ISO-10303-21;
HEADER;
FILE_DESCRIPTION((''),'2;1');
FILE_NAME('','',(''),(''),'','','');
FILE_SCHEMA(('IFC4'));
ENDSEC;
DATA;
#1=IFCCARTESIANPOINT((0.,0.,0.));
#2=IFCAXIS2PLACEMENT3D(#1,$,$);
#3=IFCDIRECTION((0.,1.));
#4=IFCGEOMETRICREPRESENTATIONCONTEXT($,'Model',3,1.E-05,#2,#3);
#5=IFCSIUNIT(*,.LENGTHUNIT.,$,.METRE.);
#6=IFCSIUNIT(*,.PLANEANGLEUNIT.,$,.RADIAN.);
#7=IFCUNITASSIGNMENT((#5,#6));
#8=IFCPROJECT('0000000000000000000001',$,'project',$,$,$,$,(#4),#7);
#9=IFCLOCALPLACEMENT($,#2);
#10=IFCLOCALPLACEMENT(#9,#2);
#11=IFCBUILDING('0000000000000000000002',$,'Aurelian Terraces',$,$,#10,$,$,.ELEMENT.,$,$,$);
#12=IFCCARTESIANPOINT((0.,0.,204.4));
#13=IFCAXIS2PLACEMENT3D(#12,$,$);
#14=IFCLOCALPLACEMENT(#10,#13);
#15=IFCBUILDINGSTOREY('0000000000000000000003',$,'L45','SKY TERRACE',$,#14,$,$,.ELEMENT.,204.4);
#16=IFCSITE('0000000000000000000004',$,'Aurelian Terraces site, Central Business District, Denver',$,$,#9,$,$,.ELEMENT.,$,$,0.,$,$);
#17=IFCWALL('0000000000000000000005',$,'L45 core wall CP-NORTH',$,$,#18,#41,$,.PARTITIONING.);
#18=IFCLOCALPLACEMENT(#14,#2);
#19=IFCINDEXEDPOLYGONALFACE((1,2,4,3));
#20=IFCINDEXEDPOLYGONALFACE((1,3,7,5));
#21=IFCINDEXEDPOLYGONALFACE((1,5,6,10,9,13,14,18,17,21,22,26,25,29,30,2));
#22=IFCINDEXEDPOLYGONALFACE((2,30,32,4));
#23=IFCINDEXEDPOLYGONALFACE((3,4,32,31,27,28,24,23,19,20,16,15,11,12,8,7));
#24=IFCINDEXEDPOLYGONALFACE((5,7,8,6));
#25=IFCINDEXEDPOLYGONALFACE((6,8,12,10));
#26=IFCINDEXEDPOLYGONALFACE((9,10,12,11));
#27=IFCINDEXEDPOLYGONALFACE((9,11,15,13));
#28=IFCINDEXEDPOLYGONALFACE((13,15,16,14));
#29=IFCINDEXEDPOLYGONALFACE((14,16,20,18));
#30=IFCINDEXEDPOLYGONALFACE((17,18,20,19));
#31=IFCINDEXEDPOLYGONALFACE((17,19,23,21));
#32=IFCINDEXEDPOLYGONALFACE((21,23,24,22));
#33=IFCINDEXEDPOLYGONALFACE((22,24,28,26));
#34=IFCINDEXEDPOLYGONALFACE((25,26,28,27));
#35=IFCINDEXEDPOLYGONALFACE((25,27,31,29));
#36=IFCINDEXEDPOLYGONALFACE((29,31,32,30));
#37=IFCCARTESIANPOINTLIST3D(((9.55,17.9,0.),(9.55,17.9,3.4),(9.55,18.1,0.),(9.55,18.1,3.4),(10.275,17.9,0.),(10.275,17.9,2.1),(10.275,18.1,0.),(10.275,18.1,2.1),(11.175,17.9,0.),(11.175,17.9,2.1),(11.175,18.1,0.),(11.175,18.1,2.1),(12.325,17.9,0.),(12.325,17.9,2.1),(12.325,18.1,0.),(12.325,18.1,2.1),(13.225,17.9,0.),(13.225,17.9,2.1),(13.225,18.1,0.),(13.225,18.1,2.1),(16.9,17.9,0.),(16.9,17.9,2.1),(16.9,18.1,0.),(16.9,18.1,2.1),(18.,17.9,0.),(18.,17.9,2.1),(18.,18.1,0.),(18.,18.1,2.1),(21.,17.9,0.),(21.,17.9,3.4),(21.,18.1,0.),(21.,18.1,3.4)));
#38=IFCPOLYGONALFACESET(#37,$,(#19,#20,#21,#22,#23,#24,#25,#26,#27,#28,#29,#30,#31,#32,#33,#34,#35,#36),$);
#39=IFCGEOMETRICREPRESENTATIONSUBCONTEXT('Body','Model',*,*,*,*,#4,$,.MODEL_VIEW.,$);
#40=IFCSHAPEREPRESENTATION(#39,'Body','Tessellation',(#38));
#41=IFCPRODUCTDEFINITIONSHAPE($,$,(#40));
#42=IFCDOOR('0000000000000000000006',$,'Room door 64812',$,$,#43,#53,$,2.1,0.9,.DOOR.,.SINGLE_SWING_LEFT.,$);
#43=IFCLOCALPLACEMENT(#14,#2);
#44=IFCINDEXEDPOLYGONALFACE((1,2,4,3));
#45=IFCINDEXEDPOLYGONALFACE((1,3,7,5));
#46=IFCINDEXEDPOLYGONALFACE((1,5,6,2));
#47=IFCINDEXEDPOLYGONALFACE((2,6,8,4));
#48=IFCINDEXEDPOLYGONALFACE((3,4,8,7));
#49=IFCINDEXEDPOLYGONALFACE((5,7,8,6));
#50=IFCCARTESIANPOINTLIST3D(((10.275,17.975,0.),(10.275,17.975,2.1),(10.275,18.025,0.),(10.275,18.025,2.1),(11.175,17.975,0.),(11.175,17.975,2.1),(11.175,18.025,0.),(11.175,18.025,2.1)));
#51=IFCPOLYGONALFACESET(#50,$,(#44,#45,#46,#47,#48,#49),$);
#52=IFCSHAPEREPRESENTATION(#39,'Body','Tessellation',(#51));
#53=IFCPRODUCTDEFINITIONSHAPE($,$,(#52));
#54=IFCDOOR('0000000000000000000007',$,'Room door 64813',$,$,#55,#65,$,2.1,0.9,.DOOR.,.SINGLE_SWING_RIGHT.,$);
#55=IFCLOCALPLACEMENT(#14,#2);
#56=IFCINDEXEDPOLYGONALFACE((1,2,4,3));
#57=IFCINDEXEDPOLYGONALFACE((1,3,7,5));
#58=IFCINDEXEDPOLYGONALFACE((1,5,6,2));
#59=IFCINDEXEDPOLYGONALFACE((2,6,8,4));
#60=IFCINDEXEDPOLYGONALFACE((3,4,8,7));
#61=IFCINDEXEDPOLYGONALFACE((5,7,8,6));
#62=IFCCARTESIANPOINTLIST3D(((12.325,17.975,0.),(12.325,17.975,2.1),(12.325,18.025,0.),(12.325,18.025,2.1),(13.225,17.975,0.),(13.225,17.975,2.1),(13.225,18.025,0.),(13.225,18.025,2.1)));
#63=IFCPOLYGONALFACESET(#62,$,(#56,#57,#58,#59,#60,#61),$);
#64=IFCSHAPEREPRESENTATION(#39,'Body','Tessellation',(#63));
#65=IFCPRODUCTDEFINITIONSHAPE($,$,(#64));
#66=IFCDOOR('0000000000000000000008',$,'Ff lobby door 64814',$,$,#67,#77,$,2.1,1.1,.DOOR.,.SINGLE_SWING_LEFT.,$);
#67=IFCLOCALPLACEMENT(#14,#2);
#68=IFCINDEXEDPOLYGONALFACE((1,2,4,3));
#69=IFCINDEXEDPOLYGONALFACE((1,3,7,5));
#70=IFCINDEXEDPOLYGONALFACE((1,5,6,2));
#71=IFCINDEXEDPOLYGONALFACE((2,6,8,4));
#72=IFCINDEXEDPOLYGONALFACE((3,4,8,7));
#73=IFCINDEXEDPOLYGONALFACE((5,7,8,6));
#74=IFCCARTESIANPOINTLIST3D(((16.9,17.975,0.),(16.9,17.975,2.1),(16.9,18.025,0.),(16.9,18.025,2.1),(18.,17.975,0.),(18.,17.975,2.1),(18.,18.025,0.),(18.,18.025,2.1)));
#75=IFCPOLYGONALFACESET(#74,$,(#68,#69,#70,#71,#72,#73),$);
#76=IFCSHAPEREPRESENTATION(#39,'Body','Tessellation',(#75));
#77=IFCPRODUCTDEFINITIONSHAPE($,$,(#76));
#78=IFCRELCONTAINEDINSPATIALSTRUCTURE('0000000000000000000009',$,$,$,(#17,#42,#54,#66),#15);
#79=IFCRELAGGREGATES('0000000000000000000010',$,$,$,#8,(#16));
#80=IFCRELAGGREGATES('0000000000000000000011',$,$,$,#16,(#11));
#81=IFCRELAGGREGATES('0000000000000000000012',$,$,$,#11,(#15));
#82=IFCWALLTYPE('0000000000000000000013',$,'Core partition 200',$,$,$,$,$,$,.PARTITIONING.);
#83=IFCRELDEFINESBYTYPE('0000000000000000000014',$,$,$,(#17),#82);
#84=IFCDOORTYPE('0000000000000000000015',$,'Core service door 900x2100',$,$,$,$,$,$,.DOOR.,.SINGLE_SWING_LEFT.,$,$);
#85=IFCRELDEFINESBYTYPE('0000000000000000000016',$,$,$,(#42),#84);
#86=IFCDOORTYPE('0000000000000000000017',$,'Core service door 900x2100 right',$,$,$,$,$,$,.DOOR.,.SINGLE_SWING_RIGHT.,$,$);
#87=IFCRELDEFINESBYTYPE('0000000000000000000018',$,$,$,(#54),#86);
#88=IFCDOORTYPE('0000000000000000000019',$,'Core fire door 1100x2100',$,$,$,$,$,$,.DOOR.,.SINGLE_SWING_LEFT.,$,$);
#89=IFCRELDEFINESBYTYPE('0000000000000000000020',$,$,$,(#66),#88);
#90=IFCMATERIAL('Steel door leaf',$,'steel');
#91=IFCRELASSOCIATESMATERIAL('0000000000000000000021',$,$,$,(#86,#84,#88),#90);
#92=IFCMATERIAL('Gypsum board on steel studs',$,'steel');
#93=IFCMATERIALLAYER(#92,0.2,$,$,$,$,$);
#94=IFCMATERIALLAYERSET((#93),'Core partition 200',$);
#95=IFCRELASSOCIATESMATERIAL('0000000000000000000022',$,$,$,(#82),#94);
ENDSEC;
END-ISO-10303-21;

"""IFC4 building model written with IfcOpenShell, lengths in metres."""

from ifc_helpers import new_model, si_unit, direction, frame, frame_2d, origin, place, context, subcontext, project, spatial, rectangle, extrude, source, transform, mapped, material, layer, layer_set, type_object, element, fill, save


model = new_model("IFC4")

# Units and contexts
model_context = context("Model", 3, precision=1e-05, world=origin(), true_north=direction((0.0, 1.0)))
body_context = subcontext(model_context, "Body", "Model", "MODEL_VIEW")
ifc_project = project(units=[si_unit("LENGTHUNIT", "METRE"), si_unit("PLANEANGLEUNIT", "RADIAN")], contexts=[model_context])

# Site, building, storey
site_placement = place(None, origin())
site = spatial("IfcSite", under=ifc_project, at=site_placement, Name="Aurelian Terraces site, Central Business District, Denver", CompositionType="ELEMENT", RefElevation=0.0)
building_placement = place(site_placement, origin())
building = spatial("IfcBuilding", under=site, at=building_placement, Name="Aurelian Terraces", CompositionType="ELEMENT")
storey_placement = place(building_placement, frame((0.0, 0.0, 204.4)))
storey = spatial("IfcBuildingStorey", under=building, at=storey_placement, Name="L45", Description="SKY TERRACE", CompositionType="ELEMENT", Elevation=204.4)

# Shared definitions
shared_shape_1 = source(origin(), body_context, "Body", "SweptSolid", [
    extrude(rectangle(XDim=1.1, YDim=2.1, at=frame_2d((0.55, 1.05))), frame((0.0, 0.11, 0.0), z_axis=(0.0, -1.0, 0.0), x_axis=(1.0, 0.0, 0.0)), (0.0, 0.0, 1.0), 0.22),
])
shared_shape_2 = source(origin(), body_context, "Body", "SweptSolid", [
    extrude(rectangle(XDim=1.1, YDim=2.1, at=frame_2d((0.55, 1.05))), frame((0.0, 0.025, 0.0), z_axis=(0.0, -1.0, 0.0), x_axis=(1.0, 0.0, 0.0)), (0.0, 0.0, 1.0), 0.05),
])

# Shared definitions
shared_shape_3 = source(origin(), body_context, "Body", "SweptSolid", [
    extrude(rectangle(XDim=0.9, YDim=2.1, at=frame_2d((0.45, 1.05))), frame((0.0, 0.11, 0.0), z_axis=(0.0, -1.0, 0.0), x_axis=(1.0, 0.0, 0.0)), (0.0, 0.0, 1.0), 0.22),
])
ifc_material_1 = material(Name="Steel door leaf", Category="steel")
door_type_1 = type_object("IfcDoorType", Name="Core service door 900x2100 right", OperationType="SINGLE_SWING_RIGHT", PredefinedType="DOOR", material=ifc_material_1)
shared_shape_4 = source(origin(), body_context, "Body", "SweptSolid", [
    extrude(rectangle(XDim=0.9, YDim=2.1, at=frame_2d((0.45, 1.05))), frame((0.0, 0.025, 0.0), z_axis=(0.0, -1.0, 0.0), x_axis=(1.0, 0.0, 0.0)), (0.0, 0.0, 1.0), 0.05),
])

# Shared definitions
ifc_material_2 = material(Name="Gypsum board on steel studs", Category="steel")
ifc_layer_1 = layer(ifc_material_2, 0.2)
ifc_layer_set_1 = layer_set([ifc_layer_1], Name="Core partition 200")
wall_type_1 = type_object("IfcWallType", Name="Core partition 200", PredefinedType="PARTITIONING", material=ifc_layer_set_1)

# Wall, openings, doors
shared_shape_5 = source(origin(), body_context, "Body", "SweptSolid", [
    extrude(rectangle(XDim=11.45, YDim=0.2, at=frame_2d((5.725, 0.0))), origin(), (0.0, 0.0, 1.0), 3.4),
])
wall_1_placement = place(storey_placement, frame((9.55, 18.0, 0.0), z_axis=(0.0, 0.0, 1.0), x_axis=(1.0, 0.0, 0.0)))
wall_1 = element("IfcWall", 1, at=wall_1_placement, inside=storey, type_object=wall_type_1, Name="L45 core wall CP-NORTH", PredefinedType="PARTITIONING", context=body_context, shape_type="MappedRepresentation", body=[
    mapped(shared_shape_5, transform((0.0, 0.0, 0.0), scale=1.0)),
])
opening_1_placement = place(wall_1_placement, frame((0.725, 0.0, 0.0)))
opening_1 = element("IfcOpeningElement", 2, at=opening_1_placement, cuts=wall_1, PredefinedType="OPENING", context=body_context, shape_type="MappedRepresentation", body=[
    mapped(shared_shape_3, transform((0.0, 0.0, 0.0), scale=1.0)),
])
opening_2_placement = place(wall_1_placement, frame((2.775, 0.0, 0.0)))
opening_2 = element("IfcOpeningElement", 3, at=opening_2_placement, cuts=wall_1, PredefinedType="OPENING", context=body_context, shape_type="MappedRepresentation", body=[
    mapped(shared_shape_3, transform((0.0, 0.0, 0.0), scale=1.0)),
])
opening_3_placement = place(wall_1_placement, frame((7.35, 0.0, 0.0)))
opening_3 = element("IfcOpeningElement", 4, at=opening_3_placement, cuts=wall_1, PredefinedType="OPENING", context=body_context, shape_type="MappedRepresentation", body=[
    mapped(shared_shape_1, transform((0.0, 0.0, 0.0), scale=1.0)),
])
door_type_2 = type_object("IfcDoorType", Name="Core service door 900x2100", OperationType="SINGLE_SWING_LEFT", PredefinedType="DOOR", material=ifc_material_1)
door_1_placement = place(opening_1_placement, origin())
door_1 = element("IfcDoor", 5, at=door_1_placement, inside=storey, type_object=door_type_2, Name="Room door 64812", OperationType="SINGLE_SWING_LEFT", OverallHeight=2.1, OverallWidth=0.9, PredefinedType="DOOR", context=body_context, shape_type="MappedRepresentation", body=[
    mapped(shared_shape_4, transform((0.0, 0.0, 0.0), scale=1.0)),
])
fill(opening_1, door_1)
door_2_placement = place(opening_2_placement, origin())
door_2 = element("IfcDoor", 6, at=door_2_placement, inside=storey, type_object=door_type_1, Name="Room door 64813", OperationType="SINGLE_SWING_RIGHT", OverallHeight=2.1, OverallWidth=0.9, PredefinedType="DOOR", context=body_context, shape_type="MappedRepresentation", body=[
    mapped(shared_shape_4, transform((0.0, 0.0, 0.0), scale=1.0)),
])
fill(opening_2, door_2)
door_type_3 = type_object("IfcDoorType", Name="Core fire door 1100x2100", OperationType="SINGLE_SWING_LEFT", PredefinedType="DOOR", material=ifc_material_1)
door_3_placement = place(opening_3_placement, origin())
door_3 = element("IfcDoor", 7, at=door_3_placement, inside=storey, type_object=door_type_3, Name="Ff lobby door 64814", OperationType="SINGLE_SWING_LEFT", OverallHeight=2.1, OverallWidth=1.1, PredefinedType="DOOR", context=body_context, shape_type="MappedRepresentation", body=[
    mapped(shared_shape_2, transform((0.0, 0.0, 0.0), scale=1.0)),
])
fill(opening_3, door_3)

save(model, "model.ifc")
